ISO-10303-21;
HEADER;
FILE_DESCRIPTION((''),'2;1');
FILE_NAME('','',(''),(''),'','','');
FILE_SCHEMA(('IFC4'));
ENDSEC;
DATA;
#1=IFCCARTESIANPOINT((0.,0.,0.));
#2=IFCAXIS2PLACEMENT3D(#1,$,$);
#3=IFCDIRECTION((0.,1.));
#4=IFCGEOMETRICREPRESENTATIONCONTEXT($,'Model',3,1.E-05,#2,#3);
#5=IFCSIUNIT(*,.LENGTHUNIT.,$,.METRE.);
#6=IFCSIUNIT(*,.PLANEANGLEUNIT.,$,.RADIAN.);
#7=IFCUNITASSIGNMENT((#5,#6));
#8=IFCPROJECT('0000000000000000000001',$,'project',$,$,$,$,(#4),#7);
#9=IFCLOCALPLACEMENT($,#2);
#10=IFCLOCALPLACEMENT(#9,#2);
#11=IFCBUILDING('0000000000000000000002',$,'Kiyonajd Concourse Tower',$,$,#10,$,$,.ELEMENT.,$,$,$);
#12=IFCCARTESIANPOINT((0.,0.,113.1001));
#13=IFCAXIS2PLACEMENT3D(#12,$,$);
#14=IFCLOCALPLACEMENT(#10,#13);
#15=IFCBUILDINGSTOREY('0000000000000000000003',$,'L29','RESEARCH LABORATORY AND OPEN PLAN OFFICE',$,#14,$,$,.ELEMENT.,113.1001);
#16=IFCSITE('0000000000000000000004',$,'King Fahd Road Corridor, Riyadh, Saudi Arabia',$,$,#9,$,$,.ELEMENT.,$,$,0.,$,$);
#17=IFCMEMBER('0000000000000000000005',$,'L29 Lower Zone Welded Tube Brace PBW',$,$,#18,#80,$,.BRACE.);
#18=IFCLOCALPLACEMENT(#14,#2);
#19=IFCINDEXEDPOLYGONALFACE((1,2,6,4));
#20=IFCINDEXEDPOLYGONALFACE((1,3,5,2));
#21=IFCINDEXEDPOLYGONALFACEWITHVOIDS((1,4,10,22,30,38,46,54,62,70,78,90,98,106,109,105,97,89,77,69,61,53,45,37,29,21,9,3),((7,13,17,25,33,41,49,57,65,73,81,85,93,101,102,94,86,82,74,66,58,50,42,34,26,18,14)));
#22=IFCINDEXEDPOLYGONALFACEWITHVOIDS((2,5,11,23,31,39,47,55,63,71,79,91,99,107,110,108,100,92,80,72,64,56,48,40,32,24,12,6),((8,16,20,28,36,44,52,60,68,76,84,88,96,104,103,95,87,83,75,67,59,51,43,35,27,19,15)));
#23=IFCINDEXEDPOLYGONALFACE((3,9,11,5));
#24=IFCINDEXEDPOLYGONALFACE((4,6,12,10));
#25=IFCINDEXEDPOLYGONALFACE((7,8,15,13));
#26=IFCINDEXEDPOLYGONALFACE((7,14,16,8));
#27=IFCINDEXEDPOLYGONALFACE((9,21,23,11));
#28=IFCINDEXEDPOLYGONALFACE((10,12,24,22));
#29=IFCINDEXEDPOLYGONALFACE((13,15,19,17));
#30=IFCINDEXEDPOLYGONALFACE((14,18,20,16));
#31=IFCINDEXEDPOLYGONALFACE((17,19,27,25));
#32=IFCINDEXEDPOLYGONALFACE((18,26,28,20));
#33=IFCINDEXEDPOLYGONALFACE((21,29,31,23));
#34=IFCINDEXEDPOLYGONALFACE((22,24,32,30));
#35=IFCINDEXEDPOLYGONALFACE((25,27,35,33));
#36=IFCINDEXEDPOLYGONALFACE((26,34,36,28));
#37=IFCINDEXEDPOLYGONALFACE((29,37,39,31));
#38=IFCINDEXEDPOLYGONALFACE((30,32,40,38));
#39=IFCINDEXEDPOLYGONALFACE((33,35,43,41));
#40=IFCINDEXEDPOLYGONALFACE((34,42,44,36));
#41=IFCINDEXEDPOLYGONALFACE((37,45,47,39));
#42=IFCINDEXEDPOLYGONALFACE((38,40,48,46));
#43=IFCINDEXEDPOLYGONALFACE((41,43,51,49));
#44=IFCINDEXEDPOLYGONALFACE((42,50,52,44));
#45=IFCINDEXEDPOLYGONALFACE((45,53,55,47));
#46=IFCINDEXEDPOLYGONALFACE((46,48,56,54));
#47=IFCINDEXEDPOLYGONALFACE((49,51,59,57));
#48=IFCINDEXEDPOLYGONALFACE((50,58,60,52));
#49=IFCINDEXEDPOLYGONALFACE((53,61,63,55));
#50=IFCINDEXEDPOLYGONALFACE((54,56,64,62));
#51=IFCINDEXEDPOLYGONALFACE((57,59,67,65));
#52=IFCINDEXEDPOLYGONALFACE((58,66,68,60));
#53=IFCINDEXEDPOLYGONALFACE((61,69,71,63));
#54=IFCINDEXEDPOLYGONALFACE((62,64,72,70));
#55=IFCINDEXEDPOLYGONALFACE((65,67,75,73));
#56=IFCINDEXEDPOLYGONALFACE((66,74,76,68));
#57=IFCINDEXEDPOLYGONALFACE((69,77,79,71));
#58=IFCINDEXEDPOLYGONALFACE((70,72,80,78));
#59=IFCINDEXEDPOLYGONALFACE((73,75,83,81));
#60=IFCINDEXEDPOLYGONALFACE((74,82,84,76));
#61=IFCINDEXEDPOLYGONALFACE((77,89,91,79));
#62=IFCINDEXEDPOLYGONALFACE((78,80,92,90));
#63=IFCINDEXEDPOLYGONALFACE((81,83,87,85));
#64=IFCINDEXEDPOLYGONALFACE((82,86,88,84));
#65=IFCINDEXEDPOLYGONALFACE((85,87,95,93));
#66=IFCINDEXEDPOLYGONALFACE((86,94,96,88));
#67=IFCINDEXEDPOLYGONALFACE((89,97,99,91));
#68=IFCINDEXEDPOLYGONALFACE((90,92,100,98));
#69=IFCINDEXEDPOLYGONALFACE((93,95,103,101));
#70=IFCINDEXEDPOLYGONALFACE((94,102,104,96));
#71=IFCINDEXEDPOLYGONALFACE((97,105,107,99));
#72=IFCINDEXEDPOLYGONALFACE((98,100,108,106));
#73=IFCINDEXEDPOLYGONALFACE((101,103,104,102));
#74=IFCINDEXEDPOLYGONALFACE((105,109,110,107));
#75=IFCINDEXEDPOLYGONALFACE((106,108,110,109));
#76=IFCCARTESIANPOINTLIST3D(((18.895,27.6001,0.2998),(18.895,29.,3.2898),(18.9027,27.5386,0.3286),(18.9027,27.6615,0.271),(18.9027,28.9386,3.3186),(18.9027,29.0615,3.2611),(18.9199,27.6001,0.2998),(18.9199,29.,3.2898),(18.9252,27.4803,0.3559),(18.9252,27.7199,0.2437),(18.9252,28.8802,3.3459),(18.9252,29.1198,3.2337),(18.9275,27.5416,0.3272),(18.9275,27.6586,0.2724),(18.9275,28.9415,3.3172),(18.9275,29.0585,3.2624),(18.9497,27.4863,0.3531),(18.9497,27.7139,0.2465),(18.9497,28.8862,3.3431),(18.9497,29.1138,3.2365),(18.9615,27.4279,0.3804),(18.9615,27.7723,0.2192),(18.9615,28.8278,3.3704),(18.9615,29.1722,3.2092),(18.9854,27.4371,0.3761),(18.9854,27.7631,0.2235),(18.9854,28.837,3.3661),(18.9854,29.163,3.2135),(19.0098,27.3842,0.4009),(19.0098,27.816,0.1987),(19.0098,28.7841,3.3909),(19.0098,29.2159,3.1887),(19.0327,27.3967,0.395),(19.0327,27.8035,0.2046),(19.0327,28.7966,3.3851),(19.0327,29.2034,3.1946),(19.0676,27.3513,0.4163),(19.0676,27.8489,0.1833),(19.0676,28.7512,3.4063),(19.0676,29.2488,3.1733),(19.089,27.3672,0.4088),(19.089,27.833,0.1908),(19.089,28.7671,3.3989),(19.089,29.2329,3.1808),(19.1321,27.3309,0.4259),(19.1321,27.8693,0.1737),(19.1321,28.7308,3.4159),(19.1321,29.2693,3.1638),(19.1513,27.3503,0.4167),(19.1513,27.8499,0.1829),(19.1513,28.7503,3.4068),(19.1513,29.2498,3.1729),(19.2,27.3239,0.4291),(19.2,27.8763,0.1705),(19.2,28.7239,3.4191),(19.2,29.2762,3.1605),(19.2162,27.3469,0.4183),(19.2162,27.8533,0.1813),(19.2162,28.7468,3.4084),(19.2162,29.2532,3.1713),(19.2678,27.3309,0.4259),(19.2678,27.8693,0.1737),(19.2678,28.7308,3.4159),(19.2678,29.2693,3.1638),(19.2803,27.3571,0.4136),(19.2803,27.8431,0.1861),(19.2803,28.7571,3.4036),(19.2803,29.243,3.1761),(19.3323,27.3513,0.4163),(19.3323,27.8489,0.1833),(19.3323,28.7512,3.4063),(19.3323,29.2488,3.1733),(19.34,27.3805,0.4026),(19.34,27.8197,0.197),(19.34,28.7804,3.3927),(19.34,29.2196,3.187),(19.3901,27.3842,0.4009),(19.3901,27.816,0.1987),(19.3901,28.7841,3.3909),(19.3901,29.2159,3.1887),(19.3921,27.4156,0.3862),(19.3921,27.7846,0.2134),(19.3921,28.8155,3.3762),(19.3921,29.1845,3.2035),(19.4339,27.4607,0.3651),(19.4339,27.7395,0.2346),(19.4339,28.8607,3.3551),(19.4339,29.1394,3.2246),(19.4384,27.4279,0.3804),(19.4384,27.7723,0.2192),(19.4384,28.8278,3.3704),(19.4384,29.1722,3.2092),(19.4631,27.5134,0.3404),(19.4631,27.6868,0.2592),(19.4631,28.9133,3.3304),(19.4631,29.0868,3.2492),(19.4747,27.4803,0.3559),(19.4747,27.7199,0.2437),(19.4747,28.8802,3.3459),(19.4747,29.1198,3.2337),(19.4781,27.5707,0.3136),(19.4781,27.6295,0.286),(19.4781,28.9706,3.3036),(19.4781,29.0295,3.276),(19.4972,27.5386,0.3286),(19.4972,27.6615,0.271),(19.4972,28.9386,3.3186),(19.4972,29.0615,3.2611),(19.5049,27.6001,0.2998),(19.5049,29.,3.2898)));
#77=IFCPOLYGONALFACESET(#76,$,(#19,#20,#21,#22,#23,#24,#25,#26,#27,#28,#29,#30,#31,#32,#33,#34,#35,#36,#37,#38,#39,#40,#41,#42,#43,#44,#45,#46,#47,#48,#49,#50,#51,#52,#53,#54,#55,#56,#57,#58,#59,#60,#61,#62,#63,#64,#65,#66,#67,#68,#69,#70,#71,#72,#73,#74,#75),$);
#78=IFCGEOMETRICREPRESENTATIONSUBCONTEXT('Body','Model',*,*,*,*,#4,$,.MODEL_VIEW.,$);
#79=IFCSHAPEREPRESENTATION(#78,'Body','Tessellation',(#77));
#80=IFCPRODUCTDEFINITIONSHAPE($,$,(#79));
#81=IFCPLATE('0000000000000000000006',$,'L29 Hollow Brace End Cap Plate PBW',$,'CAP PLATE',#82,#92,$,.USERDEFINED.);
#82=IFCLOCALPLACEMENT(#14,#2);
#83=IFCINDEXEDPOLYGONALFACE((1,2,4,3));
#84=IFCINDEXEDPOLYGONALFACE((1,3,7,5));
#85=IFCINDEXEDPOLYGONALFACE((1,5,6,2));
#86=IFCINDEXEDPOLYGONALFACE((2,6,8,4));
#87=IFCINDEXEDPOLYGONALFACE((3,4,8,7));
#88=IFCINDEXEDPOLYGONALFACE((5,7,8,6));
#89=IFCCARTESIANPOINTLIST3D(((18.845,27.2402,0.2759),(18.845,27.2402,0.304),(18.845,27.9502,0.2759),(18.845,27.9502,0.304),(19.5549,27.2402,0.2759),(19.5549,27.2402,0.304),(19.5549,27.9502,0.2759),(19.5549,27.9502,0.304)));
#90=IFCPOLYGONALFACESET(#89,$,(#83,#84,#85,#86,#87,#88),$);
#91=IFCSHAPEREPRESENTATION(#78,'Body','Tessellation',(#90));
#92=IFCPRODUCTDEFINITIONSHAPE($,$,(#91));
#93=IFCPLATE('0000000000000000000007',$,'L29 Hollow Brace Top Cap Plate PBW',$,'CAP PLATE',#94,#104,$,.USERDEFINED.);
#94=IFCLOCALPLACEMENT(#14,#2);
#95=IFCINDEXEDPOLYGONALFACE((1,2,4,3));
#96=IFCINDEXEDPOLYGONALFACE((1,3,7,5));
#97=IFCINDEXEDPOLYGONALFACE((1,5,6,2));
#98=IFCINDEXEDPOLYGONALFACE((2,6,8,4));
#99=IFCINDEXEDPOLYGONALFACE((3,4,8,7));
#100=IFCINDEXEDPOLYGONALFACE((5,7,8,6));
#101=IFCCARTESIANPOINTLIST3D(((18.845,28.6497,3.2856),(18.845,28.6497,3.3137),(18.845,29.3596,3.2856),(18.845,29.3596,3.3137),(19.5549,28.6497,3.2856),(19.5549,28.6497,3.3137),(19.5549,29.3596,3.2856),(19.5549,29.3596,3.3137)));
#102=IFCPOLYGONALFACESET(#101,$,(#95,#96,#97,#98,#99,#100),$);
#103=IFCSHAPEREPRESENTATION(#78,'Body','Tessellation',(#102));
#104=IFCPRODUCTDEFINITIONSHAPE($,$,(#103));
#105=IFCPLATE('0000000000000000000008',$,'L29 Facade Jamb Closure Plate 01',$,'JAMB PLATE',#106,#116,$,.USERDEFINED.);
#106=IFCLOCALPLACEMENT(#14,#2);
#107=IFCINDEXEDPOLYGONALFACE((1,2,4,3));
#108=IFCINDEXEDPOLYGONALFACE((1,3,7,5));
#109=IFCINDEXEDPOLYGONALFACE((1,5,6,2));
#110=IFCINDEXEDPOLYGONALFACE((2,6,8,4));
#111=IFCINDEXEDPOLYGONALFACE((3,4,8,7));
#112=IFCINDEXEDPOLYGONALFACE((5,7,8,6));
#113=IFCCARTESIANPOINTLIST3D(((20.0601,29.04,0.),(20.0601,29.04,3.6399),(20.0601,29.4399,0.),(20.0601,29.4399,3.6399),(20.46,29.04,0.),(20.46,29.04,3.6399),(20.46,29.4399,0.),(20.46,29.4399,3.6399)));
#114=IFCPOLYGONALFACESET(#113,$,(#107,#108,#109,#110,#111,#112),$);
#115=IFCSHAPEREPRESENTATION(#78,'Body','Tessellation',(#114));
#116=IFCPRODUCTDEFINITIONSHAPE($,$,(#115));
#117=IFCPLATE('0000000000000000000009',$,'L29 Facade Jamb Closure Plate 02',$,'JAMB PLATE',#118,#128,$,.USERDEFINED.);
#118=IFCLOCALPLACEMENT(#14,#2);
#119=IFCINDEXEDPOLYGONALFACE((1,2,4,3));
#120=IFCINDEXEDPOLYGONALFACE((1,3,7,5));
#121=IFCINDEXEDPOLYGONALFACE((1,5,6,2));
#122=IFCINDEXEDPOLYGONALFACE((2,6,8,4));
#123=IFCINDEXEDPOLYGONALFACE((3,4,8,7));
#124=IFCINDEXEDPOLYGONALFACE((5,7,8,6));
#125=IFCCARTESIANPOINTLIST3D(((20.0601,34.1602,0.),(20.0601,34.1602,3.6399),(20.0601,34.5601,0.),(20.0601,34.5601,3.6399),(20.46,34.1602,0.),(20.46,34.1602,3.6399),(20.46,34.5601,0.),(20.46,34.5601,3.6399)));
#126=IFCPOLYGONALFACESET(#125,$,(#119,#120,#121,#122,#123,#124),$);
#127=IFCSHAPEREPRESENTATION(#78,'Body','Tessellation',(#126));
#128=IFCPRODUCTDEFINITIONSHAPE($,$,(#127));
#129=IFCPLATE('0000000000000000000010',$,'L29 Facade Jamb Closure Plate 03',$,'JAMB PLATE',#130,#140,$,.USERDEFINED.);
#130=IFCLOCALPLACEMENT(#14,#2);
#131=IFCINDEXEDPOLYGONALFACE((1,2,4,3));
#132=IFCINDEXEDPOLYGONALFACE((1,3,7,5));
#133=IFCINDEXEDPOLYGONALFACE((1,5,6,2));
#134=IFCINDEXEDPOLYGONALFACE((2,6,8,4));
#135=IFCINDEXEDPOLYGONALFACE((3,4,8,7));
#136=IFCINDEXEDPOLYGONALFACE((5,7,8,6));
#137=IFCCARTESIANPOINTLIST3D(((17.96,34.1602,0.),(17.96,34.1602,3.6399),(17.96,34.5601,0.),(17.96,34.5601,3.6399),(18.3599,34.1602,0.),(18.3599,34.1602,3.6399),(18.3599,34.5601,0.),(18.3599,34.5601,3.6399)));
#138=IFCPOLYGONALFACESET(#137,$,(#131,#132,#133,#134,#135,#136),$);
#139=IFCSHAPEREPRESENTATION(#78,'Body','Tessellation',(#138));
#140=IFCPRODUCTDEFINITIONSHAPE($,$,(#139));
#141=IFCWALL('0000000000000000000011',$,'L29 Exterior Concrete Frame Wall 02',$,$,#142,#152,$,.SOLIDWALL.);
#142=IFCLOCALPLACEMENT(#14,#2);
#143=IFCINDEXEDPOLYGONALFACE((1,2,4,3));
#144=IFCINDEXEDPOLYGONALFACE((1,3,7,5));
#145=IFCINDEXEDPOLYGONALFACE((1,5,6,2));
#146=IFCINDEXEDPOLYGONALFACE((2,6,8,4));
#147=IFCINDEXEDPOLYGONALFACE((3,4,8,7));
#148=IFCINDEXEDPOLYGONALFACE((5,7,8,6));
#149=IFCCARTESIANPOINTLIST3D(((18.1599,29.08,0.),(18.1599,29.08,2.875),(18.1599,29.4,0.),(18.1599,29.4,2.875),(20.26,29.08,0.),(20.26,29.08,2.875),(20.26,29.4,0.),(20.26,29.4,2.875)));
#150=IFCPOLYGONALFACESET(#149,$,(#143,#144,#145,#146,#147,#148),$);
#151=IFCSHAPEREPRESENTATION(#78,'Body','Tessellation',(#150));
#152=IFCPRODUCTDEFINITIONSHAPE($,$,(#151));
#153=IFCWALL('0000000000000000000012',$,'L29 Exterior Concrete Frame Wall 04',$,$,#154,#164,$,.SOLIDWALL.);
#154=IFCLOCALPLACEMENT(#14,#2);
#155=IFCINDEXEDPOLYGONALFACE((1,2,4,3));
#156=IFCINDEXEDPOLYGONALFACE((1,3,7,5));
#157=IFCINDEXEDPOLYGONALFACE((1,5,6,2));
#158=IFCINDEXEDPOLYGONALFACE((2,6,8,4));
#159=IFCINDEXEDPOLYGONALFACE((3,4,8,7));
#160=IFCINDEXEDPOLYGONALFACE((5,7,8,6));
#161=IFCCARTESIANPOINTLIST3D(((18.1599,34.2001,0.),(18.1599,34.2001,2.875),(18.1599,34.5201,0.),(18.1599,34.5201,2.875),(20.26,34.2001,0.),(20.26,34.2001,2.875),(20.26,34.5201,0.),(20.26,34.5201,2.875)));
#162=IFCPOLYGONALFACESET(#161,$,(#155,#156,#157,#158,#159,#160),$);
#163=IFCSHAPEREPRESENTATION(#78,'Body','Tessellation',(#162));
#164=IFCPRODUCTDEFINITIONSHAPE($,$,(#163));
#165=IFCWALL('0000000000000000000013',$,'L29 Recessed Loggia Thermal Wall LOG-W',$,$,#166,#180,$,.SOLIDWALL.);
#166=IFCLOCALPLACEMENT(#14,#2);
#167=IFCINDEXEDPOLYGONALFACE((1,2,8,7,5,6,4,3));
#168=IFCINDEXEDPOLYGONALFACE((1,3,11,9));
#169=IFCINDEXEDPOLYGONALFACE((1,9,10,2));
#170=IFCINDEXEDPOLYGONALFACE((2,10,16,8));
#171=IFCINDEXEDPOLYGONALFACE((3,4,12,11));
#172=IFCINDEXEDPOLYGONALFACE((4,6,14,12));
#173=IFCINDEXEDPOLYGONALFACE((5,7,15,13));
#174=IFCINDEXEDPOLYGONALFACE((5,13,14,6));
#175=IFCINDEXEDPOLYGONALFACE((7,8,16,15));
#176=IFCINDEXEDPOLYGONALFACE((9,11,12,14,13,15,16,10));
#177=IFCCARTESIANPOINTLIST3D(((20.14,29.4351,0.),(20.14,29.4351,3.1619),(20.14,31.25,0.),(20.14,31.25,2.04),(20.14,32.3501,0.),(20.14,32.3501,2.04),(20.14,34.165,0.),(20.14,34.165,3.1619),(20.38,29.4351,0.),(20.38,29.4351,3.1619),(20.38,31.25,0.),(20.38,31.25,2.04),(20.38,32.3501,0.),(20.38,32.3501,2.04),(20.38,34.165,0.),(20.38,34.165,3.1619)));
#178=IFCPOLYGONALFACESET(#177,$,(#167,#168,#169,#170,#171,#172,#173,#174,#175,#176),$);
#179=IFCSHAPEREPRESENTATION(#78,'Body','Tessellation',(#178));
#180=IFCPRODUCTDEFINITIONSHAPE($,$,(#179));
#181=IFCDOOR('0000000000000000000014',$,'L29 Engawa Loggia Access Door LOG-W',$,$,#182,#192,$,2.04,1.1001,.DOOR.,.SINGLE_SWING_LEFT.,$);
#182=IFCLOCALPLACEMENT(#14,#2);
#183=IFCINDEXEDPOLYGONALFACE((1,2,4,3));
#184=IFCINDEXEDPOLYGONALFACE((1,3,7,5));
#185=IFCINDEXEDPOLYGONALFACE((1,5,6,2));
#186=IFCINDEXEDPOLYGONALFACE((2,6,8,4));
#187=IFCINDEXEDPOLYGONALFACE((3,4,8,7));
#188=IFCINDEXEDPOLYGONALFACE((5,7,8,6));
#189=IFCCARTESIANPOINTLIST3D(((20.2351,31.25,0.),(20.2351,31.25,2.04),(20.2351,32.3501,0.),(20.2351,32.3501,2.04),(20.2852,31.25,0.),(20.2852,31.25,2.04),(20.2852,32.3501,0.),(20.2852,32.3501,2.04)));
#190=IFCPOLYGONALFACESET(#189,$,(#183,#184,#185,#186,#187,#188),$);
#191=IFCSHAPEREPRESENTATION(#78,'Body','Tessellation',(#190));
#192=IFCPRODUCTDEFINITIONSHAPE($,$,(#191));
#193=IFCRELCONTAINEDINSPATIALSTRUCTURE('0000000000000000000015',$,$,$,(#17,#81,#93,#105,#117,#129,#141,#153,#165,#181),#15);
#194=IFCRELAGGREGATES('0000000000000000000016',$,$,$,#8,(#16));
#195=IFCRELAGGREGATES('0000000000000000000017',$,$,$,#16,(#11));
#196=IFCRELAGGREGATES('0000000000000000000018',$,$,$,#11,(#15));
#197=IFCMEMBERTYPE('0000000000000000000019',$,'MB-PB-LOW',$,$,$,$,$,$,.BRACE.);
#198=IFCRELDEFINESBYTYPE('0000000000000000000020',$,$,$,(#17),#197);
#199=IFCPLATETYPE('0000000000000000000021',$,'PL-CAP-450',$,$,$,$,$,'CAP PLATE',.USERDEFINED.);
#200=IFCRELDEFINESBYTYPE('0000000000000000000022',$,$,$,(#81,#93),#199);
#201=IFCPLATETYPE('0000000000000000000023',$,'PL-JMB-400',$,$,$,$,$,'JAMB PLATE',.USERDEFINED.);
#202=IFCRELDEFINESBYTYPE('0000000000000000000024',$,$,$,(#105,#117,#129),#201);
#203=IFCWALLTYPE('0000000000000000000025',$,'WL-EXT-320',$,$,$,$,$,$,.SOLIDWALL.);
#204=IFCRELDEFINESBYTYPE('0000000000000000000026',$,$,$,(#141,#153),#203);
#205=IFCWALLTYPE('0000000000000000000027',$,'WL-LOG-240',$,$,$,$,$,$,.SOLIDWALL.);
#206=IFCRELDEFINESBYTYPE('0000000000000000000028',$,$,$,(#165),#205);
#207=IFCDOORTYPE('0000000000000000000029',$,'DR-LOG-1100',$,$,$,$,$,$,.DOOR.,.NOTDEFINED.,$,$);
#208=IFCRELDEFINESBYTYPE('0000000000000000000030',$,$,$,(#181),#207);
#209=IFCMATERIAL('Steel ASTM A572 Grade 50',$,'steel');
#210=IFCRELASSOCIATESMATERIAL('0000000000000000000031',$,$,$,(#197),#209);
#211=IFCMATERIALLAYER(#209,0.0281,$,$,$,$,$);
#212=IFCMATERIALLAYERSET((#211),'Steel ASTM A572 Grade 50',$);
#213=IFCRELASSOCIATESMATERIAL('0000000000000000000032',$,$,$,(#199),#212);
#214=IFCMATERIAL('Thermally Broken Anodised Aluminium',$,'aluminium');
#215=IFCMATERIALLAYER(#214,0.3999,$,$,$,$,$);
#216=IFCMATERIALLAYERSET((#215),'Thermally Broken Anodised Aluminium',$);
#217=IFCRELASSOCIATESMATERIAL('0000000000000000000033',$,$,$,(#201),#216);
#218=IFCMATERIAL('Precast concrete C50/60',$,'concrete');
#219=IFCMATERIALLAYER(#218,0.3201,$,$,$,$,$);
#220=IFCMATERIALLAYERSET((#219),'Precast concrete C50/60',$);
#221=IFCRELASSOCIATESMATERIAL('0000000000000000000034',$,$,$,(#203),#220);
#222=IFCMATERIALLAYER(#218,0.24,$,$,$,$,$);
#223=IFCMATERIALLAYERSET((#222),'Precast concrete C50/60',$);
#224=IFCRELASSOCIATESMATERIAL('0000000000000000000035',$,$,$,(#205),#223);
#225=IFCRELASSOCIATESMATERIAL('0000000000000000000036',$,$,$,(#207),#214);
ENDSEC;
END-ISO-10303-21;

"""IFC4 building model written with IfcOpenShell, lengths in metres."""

from ifc_helpers import new_model, si_unit, direction, frame, frame_2d, origin, origin_2d, place, context, subcontext, project, spatial, rectangle, hollow_circle, extrude, material, layer, layer_set, material_profile, profile_set, type_object, element, fill, save


model = new_model("IFC4")

# Units and contexts
model_context = context("Model", 3, precision=1e-05, world=origin(), true_north=direction((0.0, 1.0)))
body_context = subcontext(model_context, "Body", "Model", "MODEL_VIEW")
ifc_project = project(units=[si_unit("LENGTHUNIT", "METRE"), si_unit("PLANEANGLEUNIT", "RADIAN")], contexts=[model_context])

# Site, building, storey
site_placement = place(None, origin())
site = spatial("IfcSite", under=ifc_project, at=site_placement, Name="King Fahd Road Corridor, Riyadh, Saudi Arabia", CompositionType="ELEMENT", RefElevation=0.0)
building_placement = place(site_placement, origin())
building = spatial("IfcBuilding", under=site, at=building_placement, Name="Kiyonajd Concourse Tower", CompositionType="ELEMENT")
storey_placement = place(building_placement, frame((0.0, 0.0, 113.1001)))
storey = spatial("IfcBuildingStorey", under=building, at=storey_placement, Name="L29", Description="RESEARCH LABORATORY AND OPEN PLAN OFFICE", CompositionType="ELEMENT", Elevation=113.1001)

# Shared definitions
ifc_material_1 = material(Name="Precast concrete C50/60", Category="concrete")

# Shared definitions
ifc_material_2 = material(Name="Thermally Broken Anodised Aluminium", Category="aluminium")

# Member
ifc_material_3 = material(Name="Steel ASTM A572 Grade 50", Category="steel")
ifc_material_profile_1 = material_profile(ifc_material_3, hollow_circle(Radius=0.3049, WallThickness=0.0249, at=origin_2d()), Name="CHS-610x25")
ifc_profile_set_1 = profile_set([ifc_material_profile_1], Name="Steel ASTM A572 Grade 50")
member_type_1 = type_object("IfcMemberType", Name="MB-PB-LOW", PredefinedType="BRACE", material=ifc_profile_set_1)
member_1_placement = place(storey_placement, frame((19.2, 27.6001, 0.2998), z_axis=(0.0, 0.424023, 0.905652), x_axis=(-1.0, 0.0, 0.0)))
element("IfcMember", 1, at=member_1_placement, inside=storey, type_object=member_type_1, Name="L29 Lower Zone Welded Tube Brace PBW", PredefinedType="BRACE", context=body_context, shape_type="SweptSolid", body=[
    extrude(hollow_circle(Radius=0.3049, WallThickness=0.0249, at=origin_2d()), origin(), (0.0, 0.0, 1.0), 3.3015),
])

# Plates
ifc_layer_1 = layer(ifc_material_3, 0.0281)
ifc_layer_set_1 = layer_set([ifc_layer_1], Name="Steel ASTM A572 Grade 50")
plate_type_1 = type_object("IfcPlateType", Name="PL-CAP-450", ElementType="CAP PLATE", PredefinedType="USERDEFINED", material=ifc_layer_set_1)
for number, where, z_axis, x_axis, name in (
    (2, (19.2, 27.5952, 0.2759), (0.0, 0.0, 1.0), (1.0, 0.0, 0.0), "L29 Hollow Brace End Cap Plate PBW"),
    (3, (19.2, 29.0046, 3.2856), (0.0, 0.0, 1.0), (1.0, 0.0, 0.0), "L29 Hollow Brace Top Cap Plate PBW"),
):
    element("IfcPlate", number, at=place(storey_placement, frame(where, z_axis=z_axis, x_axis=x_axis)), inside=storey, type_object=plate_type_1, Name=name, ObjectType="CAP PLATE", PredefinedType="USERDEFINED", context=body_context, shape_type="SweptSolid", body=[
        extrude(rectangle(XDim=0.71, YDim=0.71, at=origin_2d()), origin(), (0.0, 0.0, 1.0), 0.0281),
    ])
ifc_layer_2 = layer(ifc_material_2, 0.3999)
ifc_layer_set_2 = layer_set([ifc_layer_2], Name="Thermally Broken Anodised Aluminium")
plate_type_2 = type_object("IfcPlateType", Name="PL-JMB-400", ElementType="JAMB PLATE", PredefinedType="USERDEFINED", material=ifc_layer_set_2)
for number, where, z_axis, x_axis, name in (
    (4, (20.26, 29.24, 0.0), (0.0, 0.0, 1.0), (1.0, 0.0, 0.0), "L29 Facade Jamb Closure Plate 01"),
    (5, (20.26, 34.3601, 0.0), (0.0, 0.0, 1.0), (1.0, 0.0, 0.0), "L29 Facade Jamb Closure Plate 02"),
    (6, (18.1599, 34.3601, 0.0), (0.0, 0.0, 1.0), (1.0, 0.0, 0.0), "L29 Facade Jamb Closure Plate 03"),
):
    element("IfcPlate", number, at=place(storey_placement, frame(where, z_axis=z_axis, x_axis=x_axis)), inside=storey, type_object=plate_type_2, Name=name, ObjectType="JAMB PLATE", PredefinedType="USERDEFINED", context=body_context, shape_type="SweptSolid", body=[
        extrude(rectangle(XDim=0.3999, YDim=0.3999, at=origin_2d()), origin(), (0.0, 0.0, 1.0), 3.6399),
    ])

# Walls
ifc_layer_3 = layer(ifc_material_1, 0.3201)
ifc_layer_set_3 = layer_set([ifc_layer_3], Name="Precast concrete C50/60")
wall_type_1 = type_object("IfcWallType", Name="WL-EXT-320", PredefinedType="SOLIDWALL", material=ifc_layer_set_3)
for number, where, z_axis, x_axis, name in (
    (7, (18.1599, 29.24, 0.0), (0.0, 0.0, 1.0), (1.0, 0.0, 0.0), "L29 Exterior Concrete Frame Wall 02"),
    (8, (20.26, 34.3601, 0.0), (0.0, 0.0, 1.0), (-1.0, 0.0, 0.0), "L29 Exterior Concrete Frame Wall 04"),
):
    element("IfcWall", number, at=place(storey_placement, frame(where, z_axis=z_axis, x_axis=x_axis)), inside=storey, type_object=wall_type_1, Name=name, PredefinedType="SOLIDWALL", context=body_context, shape_type="SweptSolid", body=[
        extrude(rectangle(XDim=2.1001, YDim=0.3201, at=frame_2d((1.05, 0.0))), origin(), (0.0, 0.0, 1.0), 2.875),
    ])

# Wall, opening, door
ifc_layer_4 = layer(ifc_material_1, 0.24)
ifc_layer_set_4 = layer_set([ifc_layer_4], Name="Precast concrete C50/60")
wall_type_2 = type_object("IfcWallType", Name="WL-LOG-240", PredefinedType="SOLIDWALL", material=ifc_layer_set_4)
wall_1_placement = place(storey_placement, frame((20.26, 29.4351, 0.0), z_axis=(0.0, 0.0, 1.0), x_axis=(0.0, 1.0, 0.0)))
wall_1 = element("IfcWall", 9, at=wall_1_placement, inside=storey, type_object=wall_type_2, Name="L29 Recessed Loggia Thermal Wall LOG-W", PredefinedType="SOLIDWALL", context=body_context, shape_type="SweptSolid", body=[
    extrude(rectangle(XDim=4.73, YDim=0.24, at=frame_2d((2.365, 0.0))), origin(), (0.0, 0.0, 1.0), 3.1619),
])
opening_1_placement = place(wall_1_placement, frame((1.8149, 0.0, 0.0)))
opening_1 = element("IfcOpeningElement", 10, at=opening_1_placement, cuts=wall_1, PredefinedType="OPENING", context=body_context, shape_type="SweptSolid", body=[
    extrude(rectangle(XDim=1.1001, YDim=2.04, at=frame_2d((0.55, 1.02))), frame((0.0, 0.1299, 0.0), z_axis=(0.0, -1.0, 0.0), x_axis=(1.0, 0.0, 0.0)), (0.0, 0.0, 1.0), 0.26),
])
door_type_1 = type_object("IfcDoorType", Name="DR-LOG-1100", OperationType="NOTDEFINED", PredefinedType="DOOR", material=ifc_material_2)
door_1_placement = place(opening_1_placement, origin())
door_1 = element("IfcDoor", 11, at=door_1_placement, inside=storey, type_object=door_type_1, Name="L29 Engawa Loggia Access Door LOG-W", OperationType="SINGLE_SWING_LEFT", OverallHeight=2.04, OverallWidth=1.1001, PredefinedType="DOOR", context=body_context, shape_type="SweptSolid", body=[
    extrude(rectangle(XDim=1.1001, YDim=2.04, at=frame_2d((0.55, 1.02))), frame((0.0, 0.0249, 0.0), z_axis=(0.0, -1.0, 0.0), x_axis=(1.0, 0.0, 0.0)), (0.0, 0.0, 1.0), 0.05),
])
fill(opening_1, door_1)

save(model, "model.ifc")
